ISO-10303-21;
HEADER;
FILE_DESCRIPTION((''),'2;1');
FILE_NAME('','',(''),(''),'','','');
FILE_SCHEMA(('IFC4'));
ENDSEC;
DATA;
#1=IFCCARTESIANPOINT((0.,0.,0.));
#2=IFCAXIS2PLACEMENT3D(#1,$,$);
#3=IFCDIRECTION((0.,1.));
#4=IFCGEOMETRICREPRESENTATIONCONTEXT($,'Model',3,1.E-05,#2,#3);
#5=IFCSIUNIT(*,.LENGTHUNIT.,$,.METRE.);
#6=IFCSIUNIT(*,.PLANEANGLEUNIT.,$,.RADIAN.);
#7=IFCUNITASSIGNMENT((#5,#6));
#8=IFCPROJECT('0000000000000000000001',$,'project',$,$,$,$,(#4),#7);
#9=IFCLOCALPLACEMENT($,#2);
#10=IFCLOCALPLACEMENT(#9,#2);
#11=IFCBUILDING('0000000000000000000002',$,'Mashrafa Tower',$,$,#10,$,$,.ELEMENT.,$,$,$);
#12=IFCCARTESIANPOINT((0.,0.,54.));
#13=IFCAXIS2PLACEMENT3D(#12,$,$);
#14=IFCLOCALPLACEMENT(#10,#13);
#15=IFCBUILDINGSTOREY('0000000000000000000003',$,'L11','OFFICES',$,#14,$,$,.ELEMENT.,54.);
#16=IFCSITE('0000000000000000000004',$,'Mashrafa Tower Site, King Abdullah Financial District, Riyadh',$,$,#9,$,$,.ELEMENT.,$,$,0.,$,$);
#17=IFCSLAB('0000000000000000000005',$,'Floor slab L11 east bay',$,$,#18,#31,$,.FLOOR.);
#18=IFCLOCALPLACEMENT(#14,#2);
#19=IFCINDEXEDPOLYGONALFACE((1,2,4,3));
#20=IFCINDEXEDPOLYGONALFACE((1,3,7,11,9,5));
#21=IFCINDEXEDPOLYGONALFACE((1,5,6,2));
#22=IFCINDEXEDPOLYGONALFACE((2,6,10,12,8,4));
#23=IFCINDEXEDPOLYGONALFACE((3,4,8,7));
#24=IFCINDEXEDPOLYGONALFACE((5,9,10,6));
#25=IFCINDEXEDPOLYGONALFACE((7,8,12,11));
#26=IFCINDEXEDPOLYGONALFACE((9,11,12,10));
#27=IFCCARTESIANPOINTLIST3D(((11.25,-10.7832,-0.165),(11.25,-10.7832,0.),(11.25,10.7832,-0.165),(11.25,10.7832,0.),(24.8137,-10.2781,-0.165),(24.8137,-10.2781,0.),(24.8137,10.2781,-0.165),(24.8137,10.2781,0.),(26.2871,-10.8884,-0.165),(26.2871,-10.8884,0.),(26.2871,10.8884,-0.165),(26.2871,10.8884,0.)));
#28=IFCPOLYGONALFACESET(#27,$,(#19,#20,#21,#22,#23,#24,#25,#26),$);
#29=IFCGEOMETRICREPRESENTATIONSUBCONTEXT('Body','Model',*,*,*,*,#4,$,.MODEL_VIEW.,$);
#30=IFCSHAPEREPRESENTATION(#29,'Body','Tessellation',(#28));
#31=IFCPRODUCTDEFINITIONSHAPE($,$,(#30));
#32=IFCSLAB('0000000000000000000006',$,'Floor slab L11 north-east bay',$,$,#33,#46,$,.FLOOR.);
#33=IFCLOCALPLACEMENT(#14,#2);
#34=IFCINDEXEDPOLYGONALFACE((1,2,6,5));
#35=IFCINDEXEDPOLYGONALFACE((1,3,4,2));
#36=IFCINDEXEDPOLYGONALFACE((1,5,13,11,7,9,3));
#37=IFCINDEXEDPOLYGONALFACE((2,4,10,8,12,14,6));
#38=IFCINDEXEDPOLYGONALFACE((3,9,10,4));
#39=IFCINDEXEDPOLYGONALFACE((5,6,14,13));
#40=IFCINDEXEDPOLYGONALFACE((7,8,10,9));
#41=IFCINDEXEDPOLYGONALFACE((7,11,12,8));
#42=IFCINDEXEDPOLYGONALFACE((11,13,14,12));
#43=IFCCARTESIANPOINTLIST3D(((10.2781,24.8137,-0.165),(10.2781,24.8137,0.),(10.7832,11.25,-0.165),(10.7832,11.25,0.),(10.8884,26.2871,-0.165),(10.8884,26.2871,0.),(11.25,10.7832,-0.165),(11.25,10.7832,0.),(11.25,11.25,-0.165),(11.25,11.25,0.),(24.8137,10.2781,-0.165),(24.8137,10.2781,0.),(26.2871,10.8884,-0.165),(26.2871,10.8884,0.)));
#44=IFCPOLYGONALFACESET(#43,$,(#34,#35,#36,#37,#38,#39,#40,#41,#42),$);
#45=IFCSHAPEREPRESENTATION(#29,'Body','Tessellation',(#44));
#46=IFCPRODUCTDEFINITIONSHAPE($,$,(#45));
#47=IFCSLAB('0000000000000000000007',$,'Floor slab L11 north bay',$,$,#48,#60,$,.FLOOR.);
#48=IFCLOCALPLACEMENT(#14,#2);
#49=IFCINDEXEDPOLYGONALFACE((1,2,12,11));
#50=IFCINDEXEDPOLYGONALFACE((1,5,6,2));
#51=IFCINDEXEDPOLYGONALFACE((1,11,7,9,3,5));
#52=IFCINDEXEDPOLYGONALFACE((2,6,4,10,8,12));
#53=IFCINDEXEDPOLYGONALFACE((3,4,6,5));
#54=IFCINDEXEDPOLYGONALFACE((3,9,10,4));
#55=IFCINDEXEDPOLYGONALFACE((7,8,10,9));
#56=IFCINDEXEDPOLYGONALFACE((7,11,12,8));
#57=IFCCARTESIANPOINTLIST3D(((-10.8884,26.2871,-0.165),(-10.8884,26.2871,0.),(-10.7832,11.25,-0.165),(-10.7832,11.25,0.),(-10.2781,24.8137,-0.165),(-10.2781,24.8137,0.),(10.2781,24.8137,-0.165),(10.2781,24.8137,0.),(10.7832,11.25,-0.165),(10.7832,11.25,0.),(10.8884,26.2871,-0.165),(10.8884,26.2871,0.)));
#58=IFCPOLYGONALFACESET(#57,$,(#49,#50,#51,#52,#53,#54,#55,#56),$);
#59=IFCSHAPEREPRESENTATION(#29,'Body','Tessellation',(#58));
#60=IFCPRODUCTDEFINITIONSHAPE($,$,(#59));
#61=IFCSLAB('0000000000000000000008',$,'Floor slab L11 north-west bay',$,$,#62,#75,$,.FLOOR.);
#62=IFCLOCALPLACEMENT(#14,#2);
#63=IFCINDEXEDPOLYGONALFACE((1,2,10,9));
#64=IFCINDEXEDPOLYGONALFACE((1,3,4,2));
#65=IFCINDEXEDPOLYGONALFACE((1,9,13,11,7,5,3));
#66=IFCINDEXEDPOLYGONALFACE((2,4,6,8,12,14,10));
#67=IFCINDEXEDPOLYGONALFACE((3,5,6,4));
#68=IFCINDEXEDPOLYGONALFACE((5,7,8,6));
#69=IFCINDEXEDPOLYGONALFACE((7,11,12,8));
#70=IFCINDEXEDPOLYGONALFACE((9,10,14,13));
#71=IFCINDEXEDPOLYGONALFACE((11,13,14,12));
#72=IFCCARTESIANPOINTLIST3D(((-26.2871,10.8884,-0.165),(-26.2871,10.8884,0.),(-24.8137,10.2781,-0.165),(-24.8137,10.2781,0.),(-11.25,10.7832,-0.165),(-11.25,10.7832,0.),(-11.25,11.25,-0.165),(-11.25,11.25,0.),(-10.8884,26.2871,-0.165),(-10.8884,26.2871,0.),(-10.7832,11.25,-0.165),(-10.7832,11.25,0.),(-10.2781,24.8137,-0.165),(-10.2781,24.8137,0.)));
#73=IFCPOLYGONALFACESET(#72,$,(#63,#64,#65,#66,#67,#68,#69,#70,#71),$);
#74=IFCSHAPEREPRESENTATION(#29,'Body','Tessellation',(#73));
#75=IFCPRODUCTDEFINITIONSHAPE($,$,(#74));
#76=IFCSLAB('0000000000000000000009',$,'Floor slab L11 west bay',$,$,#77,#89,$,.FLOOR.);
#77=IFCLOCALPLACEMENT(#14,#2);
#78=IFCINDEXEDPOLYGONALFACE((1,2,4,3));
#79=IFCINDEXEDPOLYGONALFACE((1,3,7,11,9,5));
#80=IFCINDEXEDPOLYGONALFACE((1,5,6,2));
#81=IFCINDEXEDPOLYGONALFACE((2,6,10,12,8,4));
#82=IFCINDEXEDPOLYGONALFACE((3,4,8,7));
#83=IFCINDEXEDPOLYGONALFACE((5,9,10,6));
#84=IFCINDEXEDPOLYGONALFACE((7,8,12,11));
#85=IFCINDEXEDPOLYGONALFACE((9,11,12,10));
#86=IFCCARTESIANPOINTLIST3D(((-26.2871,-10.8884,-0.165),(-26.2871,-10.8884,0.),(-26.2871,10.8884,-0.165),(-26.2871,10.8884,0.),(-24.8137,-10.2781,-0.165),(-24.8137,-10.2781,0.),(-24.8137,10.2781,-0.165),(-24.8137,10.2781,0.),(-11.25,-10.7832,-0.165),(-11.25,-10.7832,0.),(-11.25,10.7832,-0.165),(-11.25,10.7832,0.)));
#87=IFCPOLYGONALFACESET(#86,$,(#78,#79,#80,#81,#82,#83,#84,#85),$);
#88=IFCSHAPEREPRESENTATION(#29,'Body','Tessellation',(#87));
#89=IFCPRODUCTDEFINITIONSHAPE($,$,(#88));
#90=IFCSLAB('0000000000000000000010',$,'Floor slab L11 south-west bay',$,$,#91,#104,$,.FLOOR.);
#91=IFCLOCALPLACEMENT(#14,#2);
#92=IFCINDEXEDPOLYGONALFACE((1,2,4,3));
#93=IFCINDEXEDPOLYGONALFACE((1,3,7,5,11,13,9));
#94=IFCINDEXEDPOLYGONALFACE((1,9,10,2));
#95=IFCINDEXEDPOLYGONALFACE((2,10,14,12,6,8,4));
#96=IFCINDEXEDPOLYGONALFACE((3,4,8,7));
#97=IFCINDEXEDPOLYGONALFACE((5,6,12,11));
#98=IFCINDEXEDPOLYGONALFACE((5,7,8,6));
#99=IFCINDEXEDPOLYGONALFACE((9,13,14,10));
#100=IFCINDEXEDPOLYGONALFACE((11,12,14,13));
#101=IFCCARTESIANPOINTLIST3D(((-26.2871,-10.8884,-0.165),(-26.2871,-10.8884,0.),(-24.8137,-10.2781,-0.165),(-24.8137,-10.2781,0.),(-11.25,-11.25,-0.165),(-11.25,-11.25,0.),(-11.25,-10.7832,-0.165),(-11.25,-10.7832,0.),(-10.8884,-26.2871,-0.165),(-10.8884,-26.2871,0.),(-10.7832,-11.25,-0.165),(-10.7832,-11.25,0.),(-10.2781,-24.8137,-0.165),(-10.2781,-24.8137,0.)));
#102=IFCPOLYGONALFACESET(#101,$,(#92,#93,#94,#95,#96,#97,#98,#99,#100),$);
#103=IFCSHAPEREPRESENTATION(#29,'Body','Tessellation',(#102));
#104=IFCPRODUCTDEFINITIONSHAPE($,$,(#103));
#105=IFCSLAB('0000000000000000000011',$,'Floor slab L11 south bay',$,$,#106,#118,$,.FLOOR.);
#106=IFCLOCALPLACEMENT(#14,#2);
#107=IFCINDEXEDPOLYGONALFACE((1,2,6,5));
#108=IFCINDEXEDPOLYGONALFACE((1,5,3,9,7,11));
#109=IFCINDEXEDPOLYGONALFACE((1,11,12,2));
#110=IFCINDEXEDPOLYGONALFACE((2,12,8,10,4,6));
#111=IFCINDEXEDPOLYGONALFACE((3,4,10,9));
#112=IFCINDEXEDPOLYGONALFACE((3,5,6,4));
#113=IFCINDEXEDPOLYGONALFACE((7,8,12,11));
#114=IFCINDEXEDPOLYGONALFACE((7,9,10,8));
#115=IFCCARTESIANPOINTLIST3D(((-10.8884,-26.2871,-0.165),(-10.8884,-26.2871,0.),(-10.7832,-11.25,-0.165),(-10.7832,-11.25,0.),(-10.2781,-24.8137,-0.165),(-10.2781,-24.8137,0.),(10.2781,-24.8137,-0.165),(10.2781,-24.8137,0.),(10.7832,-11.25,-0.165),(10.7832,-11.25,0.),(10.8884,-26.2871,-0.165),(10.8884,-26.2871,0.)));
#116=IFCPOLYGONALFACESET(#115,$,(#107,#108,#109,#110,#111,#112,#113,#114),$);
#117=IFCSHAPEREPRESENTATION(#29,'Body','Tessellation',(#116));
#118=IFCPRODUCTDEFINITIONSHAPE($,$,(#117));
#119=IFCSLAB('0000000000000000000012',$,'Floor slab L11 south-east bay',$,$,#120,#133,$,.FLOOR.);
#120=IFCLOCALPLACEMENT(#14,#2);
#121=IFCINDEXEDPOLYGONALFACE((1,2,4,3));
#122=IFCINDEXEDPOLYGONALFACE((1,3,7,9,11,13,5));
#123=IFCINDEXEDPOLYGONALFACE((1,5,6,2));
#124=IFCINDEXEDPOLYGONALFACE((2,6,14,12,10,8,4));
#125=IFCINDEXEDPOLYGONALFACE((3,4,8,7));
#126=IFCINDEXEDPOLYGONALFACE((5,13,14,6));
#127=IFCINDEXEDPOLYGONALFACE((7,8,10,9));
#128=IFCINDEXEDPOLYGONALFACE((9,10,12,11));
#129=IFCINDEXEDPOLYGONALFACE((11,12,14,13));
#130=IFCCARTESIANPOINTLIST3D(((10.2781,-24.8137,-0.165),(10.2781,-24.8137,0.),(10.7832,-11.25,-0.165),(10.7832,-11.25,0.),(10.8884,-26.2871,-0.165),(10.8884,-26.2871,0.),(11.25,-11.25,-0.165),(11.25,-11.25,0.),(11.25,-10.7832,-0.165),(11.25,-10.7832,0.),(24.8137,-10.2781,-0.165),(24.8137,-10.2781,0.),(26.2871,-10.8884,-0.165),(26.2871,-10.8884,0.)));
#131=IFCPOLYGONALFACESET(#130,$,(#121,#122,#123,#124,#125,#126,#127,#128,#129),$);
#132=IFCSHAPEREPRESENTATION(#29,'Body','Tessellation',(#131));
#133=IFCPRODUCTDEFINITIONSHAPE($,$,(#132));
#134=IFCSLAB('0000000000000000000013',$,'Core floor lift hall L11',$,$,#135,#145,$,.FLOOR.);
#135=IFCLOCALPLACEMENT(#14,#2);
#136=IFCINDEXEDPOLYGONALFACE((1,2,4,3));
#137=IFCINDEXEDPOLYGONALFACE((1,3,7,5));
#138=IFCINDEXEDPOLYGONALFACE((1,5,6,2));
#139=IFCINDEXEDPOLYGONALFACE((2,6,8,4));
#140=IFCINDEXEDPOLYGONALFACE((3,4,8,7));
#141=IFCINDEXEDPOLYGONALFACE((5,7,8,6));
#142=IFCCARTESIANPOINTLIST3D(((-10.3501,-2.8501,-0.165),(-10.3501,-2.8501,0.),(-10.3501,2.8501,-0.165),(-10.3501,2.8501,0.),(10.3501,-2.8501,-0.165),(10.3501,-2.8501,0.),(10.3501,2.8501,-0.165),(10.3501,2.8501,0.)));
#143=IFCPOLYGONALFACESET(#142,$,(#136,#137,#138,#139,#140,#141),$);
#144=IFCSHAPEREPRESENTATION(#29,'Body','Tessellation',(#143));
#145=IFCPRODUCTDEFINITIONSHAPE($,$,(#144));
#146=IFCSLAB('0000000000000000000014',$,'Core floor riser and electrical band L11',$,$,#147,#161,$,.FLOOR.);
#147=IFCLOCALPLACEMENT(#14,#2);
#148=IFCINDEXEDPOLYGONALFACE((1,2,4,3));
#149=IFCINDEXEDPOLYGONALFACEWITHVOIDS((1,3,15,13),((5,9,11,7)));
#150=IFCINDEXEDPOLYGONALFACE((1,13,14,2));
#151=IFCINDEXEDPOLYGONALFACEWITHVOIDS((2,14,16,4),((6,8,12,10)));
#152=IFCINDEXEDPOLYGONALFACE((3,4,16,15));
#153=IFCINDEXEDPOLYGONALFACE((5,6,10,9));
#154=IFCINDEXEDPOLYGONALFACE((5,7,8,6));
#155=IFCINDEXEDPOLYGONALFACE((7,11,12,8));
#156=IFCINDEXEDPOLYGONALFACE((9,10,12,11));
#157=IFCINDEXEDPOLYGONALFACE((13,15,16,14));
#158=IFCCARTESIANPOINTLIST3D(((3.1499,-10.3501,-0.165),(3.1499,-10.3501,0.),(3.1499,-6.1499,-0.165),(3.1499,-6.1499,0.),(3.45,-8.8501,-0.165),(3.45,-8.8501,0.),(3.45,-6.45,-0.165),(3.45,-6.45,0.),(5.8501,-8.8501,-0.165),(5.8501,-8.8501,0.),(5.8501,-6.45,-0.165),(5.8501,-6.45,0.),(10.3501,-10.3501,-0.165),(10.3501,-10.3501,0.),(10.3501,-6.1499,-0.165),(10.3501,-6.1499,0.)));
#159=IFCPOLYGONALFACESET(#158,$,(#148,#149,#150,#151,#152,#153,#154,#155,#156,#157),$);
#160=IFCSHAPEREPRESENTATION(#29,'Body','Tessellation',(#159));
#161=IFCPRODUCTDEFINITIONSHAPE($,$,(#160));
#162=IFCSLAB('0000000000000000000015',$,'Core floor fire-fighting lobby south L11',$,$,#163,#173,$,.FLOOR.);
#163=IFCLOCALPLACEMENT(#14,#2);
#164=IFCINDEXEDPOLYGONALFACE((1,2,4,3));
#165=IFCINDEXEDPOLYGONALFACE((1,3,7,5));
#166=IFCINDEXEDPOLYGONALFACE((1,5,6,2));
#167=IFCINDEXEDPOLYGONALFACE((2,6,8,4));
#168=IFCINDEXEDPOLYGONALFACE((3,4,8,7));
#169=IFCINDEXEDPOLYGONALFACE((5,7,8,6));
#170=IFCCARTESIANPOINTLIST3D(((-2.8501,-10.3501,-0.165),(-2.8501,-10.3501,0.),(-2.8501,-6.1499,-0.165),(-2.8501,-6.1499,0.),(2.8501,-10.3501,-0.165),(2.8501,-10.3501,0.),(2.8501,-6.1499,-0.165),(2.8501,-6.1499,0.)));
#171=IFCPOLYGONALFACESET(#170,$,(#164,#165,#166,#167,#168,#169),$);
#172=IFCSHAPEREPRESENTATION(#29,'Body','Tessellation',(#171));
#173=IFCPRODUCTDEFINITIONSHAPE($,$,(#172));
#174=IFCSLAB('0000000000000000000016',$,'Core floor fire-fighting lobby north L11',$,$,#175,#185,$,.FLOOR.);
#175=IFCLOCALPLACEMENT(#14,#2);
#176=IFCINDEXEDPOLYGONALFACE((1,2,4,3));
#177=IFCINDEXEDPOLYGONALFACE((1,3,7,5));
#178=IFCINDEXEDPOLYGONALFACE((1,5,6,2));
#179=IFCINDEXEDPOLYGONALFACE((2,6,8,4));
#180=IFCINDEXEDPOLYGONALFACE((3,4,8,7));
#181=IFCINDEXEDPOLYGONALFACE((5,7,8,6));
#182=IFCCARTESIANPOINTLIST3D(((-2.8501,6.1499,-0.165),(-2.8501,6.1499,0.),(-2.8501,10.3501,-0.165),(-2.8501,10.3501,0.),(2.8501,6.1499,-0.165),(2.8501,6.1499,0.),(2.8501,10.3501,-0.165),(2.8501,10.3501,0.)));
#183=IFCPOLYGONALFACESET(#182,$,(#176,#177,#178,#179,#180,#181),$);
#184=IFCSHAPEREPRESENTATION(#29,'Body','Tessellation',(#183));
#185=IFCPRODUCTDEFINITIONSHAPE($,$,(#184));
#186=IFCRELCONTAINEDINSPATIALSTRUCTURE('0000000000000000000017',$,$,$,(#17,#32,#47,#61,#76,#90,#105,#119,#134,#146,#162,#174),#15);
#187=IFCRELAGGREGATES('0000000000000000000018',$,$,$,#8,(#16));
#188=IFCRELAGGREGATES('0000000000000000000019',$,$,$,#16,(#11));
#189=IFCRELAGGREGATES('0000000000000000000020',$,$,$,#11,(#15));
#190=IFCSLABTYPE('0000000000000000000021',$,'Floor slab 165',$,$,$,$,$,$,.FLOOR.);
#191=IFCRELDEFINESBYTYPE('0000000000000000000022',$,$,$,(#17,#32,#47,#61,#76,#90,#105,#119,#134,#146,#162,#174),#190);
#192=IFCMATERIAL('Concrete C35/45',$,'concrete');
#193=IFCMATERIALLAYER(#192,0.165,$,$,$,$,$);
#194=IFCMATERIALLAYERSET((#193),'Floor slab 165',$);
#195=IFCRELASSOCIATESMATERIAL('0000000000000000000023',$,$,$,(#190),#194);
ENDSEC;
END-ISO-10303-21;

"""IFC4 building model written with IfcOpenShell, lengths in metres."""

from ifc_helpers import new_model, si_unit, direction, frame, origin, place, context, subcontext, project, spatial, polyline, outline, extrude, material, layer, layer_set, type_object, element, save


model = new_model("IFC4")

# Units and contexts
model_context = context("Model", 3, precision=1e-05, world=origin(), true_north=direction((0.0, 1.0)))
body_context = subcontext(model_context, "Body", "Model", "MODEL_VIEW")
ifc_project = project(units=[si_unit("LENGTHUNIT", "METRE"), si_unit("PLANEANGLEUNIT", "RADIAN")], contexts=[model_context])

# Site, building, storey
site_placement = place(None, origin())
site = spatial("IfcSite", under=ifc_project, at=site_placement, Name="Mashrafa Tower Site, King Abdullah Financial District, Riyadh", CompositionType="ELEMENT", RefElevation=0.0)
building_placement = place(site_placement, origin())
building = spatial("IfcBuilding", under=site, at=building_placement, Name="Mashrafa Tower", CompositionType="ELEMENT")
storey_placement = place(building_placement, frame((0.0, 0.0, 54.0)))
storey = spatial("IfcBuildingStorey", under=building, at=storey_placement, Name="L11", Description="OFFICES", CompositionType="ELEMENT", Elevation=54.0)

# Slabs
ifc_material_1 = material(Name="Concrete C35/45", Category="concrete")
ifc_layer_1 = layer(ifc_material_1, 0.165)
ifc_layer_set_1 = layer_set([ifc_layer_1], Name="Floor slab 165")
slab_type_1 = type_object("IfcSlabType", Name="Floor slab 165", PredefinedType="FLOOR", material=ifc_layer_set_1)
slab_1_placement = place(storey_placement, frame((0.0, 0.0, -0.165)))
element("IfcSlab", 1, at=slab_1_placement, inside=storey, type_object=slab_type_1, Name="Floor slab L11 east bay", PredefinedType="FLOOR", context=body_context, shape_type="SweptSolid", body=[
    extrude(outline(polyline([(26.2871, -10.8884), (24.8137, -10.2781), (11.25, -10.7832), (11.25, 10.7832), (24.8137, 10.2781), (26.2871, 10.8884), (26.2871, -10.8884)])), origin(), (0.0, 0.0, 1.0), 0.165),
])
slab_2_placement = place(storey_placement, frame((0.0, 0.0, -0.165)))
element("IfcSlab", 2, at=slab_2_placement, inside=storey, type_object=slab_type_1, Name="Floor slab L11 north-east bay", PredefinedType="FLOOR", context=body_context, shape_type="SweptSolid", body=[
    extrude(outline(polyline([(10.8884, 26.2871), (26.2871, 10.8884), (26.2871, 10.8884), (24.8137, 10.2781), (11.25, 10.7832), (11.25, 11.25), (10.7832, 11.25), (10.2781, 24.8137), (10.8884, 26.2871), (10.8884, 26.2871)])), origin(), (0.0, 0.0, 1.0), 0.165),
])
slab_3_placement = place(storey_placement, frame((0.0, 0.0, -0.165)))
element("IfcSlab", 3, at=slab_3_placement, inside=storey, type_object=slab_type_1, Name="Floor slab L11 north bay", PredefinedType="FLOOR", context=body_context, shape_type="SweptSolid", body=[
    extrude(outline(polyline([(10.8884, 26.2871), (10.2781, 24.8137), (10.7832, 11.25), (-10.7832, 11.25), (-10.2781, 24.8137), (-10.8884, 26.2871), (10.8884, 26.2871)])), origin(), (0.0, 0.0, 1.0), 0.165),
])
slab_4_placement = place(storey_placement, frame((0.0, 0.0, -0.165)))
element("IfcSlab", 4, at=slab_4_placement, inside=storey, type_object=slab_type_1, Name="Floor slab L11 north-west bay", PredefinedType="FLOOR", context=body_context, shape_type="SweptSolid", body=[
    extrude(outline(polyline([(-26.2871, 10.8884), (-10.8884, 26.2871), (-10.8884, 26.2871), (-10.2781, 24.8137), (-10.7832, 11.25), (-11.25, 11.25), (-11.25, 10.7832), (-24.8137, 10.2781), (-26.2871, 10.8884), (-26.2871, 10.8884)])), origin(), (0.0, 0.0, 1.0), 0.165),
])
slab_5_placement = place(storey_placement, frame((0.0, 0.0, -0.165)))
element("IfcSlab", 5, at=slab_5_placement, inside=storey, type_object=slab_type_1, Name="Floor slab L11 west bay", PredefinedType="FLOOR", context=body_context, shape_type="SweptSolid", body=[
    extrude(outline(polyline([(-26.2871, 10.8884), (-24.8137, 10.2781), (-11.25, 10.7832), (-11.25, -10.7832), (-24.8137, -10.2781), (-26.2871, -10.8884), (-26.2871, 10.8884)])), origin(), (0.0, 0.0, 1.0), 0.165),
])
slab_6_placement = place(storey_placement, frame((0.0, 0.0, -0.165)))
element("IfcSlab", 6, at=slab_6_placement, inside=storey, type_object=slab_type_1, Name="Floor slab L11 south-west bay", PredefinedType="FLOOR", context=body_context, shape_type="SweptSolid", body=[
    extrude(outline(polyline([(-10.8884, -26.2871), (-26.2871, -10.8884), (-26.2871, -10.8884), (-24.8137, -10.2781), (-11.25, -10.7832), (-11.25, -11.25), (-10.7832, -11.25), (-10.2781, -24.8137), (-10.8884, -26.2871), (-10.8884, -26.2871)])), origin(), (0.0, 0.0, 1.0), 0.165),
])
slab_7_placement = place(storey_placement, frame((0.0, 0.0, -0.165)))
element("IfcSlab", 7, at=slab_7_placement, inside=storey, type_object=slab_type_1, Name="Floor slab L11 south bay", PredefinedType="FLOOR", context=body_context, shape_type="SweptSolid", body=[
    extrude(outline(polyline([(-10.8884, -26.2871), (-10.2781, -24.8137), (-10.7832, -11.25), (10.7832, -11.25), (10.2781, -24.8137), (10.8884, -26.2871), (-10.8884, -26.2871)])), origin(), (0.0, 0.0, 1.0), 0.165),
])
slab_8_placement = place(storey_placement, frame((0.0, 0.0, -0.165)))
element("IfcSlab", 8, at=slab_8_placement, inside=storey, type_object=slab_type_1, Name="Floor slab L11 south-east bay", PredefinedType="FLOOR", context=body_context, shape_type="SweptSolid", body=[
    extrude(outline(polyline([(10.8884, -26.2871), (10.2781, -24.8137), (10.7832, -11.25), (11.25, -11.25), (11.25, -10.7832), (24.8137, -10.2781), (26.2871, -10.8884), (26.2871, -10.8884), (10.8884, -26.2871), (10.8884, -26.2871)])), origin(), (0.0, 0.0, 1.0), 0.165),
])
slab_9_placement = place(storey_placement, frame((0.0, 0.0, -0.165)))
element("IfcSlab", 9, at=slab_9_placement, inside=storey, type_object=slab_type_1, Name="Core floor lift hall L11", PredefinedType="FLOOR", context=body_context, shape_type="SweptSolid", body=[
    extrude(outline(polyline([(-10.3501, 2.8501), (10.3501, 2.8501), (10.3501, -2.8501), (-10.3501, -2.8501), (-10.3501, 2.8501)])), origin(), (0.0, 0.0, 1.0), 0.165),
])
slab_10_placement = place(storey_placement, frame((0.0, 0.0, -0.165)))
element("IfcSlab", 10, at=slab_10_placement, inside=storey, type_object=slab_type_1, Name="Core floor riser and electrical band L11", PredefinedType="FLOOR", context=body_context, shape_type="SweptSolid", body=[
    extrude(outline(polyline([(10.3501, -6.1499), (10.3501, -10.3501), (3.1499, -10.3501), (3.1499, -6.1499), (10.3501, -6.1499)]), holes=[polyline([(3.45, -8.8501), (5.8501, -8.8501), (5.8501, -6.45), (3.45, -6.45), (3.45, -8.8501)])]), origin(), (0.0, 0.0, 1.0), 0.165),
])
slab_11_placement = place(storey_placement, frame((0.0, 0.0, -0.165)))
element("IfcSlab", 11, at=slab_11_placement, inside=storey, type_object=slab_type_1, Name="Core floor fire-fighting lobby south L11", PredefinedType="FLOOR", context=body_context, shape_type="SweptSolid", body=[
    extrude(outline(polyline([(2.8501, -6.1499), (2.8501, -10.3501), (-2.8501, -10.3501), (-2.8501, -6.1499), (2.8501, -6.1499)])), origin(), (0.0, 0.0, 1.0), 0.165),
])
slab_12_placement = place(storey_placement, frame((0.0, 0.0, -0.165)))
element("IfcSlab", 12, at=slab_12_placement, inside=storey, type_object=slab_type_1, Name="Core floor fire-fighting lobby north L11", PredefinedType="FLOOR", context=body_context, shape_type="SweptSolid", body=[
    extrude(outline(polyline([(-2.8501, 10.3501), (2.8501, 10.3501), (2.8501, 6.1499), (-2.8501, 6.1499), (-2.8501, 10.3501)])), origin(), (0.0, 0.0, 1.0), 0.165),
])

save(model, "model.ifc")
